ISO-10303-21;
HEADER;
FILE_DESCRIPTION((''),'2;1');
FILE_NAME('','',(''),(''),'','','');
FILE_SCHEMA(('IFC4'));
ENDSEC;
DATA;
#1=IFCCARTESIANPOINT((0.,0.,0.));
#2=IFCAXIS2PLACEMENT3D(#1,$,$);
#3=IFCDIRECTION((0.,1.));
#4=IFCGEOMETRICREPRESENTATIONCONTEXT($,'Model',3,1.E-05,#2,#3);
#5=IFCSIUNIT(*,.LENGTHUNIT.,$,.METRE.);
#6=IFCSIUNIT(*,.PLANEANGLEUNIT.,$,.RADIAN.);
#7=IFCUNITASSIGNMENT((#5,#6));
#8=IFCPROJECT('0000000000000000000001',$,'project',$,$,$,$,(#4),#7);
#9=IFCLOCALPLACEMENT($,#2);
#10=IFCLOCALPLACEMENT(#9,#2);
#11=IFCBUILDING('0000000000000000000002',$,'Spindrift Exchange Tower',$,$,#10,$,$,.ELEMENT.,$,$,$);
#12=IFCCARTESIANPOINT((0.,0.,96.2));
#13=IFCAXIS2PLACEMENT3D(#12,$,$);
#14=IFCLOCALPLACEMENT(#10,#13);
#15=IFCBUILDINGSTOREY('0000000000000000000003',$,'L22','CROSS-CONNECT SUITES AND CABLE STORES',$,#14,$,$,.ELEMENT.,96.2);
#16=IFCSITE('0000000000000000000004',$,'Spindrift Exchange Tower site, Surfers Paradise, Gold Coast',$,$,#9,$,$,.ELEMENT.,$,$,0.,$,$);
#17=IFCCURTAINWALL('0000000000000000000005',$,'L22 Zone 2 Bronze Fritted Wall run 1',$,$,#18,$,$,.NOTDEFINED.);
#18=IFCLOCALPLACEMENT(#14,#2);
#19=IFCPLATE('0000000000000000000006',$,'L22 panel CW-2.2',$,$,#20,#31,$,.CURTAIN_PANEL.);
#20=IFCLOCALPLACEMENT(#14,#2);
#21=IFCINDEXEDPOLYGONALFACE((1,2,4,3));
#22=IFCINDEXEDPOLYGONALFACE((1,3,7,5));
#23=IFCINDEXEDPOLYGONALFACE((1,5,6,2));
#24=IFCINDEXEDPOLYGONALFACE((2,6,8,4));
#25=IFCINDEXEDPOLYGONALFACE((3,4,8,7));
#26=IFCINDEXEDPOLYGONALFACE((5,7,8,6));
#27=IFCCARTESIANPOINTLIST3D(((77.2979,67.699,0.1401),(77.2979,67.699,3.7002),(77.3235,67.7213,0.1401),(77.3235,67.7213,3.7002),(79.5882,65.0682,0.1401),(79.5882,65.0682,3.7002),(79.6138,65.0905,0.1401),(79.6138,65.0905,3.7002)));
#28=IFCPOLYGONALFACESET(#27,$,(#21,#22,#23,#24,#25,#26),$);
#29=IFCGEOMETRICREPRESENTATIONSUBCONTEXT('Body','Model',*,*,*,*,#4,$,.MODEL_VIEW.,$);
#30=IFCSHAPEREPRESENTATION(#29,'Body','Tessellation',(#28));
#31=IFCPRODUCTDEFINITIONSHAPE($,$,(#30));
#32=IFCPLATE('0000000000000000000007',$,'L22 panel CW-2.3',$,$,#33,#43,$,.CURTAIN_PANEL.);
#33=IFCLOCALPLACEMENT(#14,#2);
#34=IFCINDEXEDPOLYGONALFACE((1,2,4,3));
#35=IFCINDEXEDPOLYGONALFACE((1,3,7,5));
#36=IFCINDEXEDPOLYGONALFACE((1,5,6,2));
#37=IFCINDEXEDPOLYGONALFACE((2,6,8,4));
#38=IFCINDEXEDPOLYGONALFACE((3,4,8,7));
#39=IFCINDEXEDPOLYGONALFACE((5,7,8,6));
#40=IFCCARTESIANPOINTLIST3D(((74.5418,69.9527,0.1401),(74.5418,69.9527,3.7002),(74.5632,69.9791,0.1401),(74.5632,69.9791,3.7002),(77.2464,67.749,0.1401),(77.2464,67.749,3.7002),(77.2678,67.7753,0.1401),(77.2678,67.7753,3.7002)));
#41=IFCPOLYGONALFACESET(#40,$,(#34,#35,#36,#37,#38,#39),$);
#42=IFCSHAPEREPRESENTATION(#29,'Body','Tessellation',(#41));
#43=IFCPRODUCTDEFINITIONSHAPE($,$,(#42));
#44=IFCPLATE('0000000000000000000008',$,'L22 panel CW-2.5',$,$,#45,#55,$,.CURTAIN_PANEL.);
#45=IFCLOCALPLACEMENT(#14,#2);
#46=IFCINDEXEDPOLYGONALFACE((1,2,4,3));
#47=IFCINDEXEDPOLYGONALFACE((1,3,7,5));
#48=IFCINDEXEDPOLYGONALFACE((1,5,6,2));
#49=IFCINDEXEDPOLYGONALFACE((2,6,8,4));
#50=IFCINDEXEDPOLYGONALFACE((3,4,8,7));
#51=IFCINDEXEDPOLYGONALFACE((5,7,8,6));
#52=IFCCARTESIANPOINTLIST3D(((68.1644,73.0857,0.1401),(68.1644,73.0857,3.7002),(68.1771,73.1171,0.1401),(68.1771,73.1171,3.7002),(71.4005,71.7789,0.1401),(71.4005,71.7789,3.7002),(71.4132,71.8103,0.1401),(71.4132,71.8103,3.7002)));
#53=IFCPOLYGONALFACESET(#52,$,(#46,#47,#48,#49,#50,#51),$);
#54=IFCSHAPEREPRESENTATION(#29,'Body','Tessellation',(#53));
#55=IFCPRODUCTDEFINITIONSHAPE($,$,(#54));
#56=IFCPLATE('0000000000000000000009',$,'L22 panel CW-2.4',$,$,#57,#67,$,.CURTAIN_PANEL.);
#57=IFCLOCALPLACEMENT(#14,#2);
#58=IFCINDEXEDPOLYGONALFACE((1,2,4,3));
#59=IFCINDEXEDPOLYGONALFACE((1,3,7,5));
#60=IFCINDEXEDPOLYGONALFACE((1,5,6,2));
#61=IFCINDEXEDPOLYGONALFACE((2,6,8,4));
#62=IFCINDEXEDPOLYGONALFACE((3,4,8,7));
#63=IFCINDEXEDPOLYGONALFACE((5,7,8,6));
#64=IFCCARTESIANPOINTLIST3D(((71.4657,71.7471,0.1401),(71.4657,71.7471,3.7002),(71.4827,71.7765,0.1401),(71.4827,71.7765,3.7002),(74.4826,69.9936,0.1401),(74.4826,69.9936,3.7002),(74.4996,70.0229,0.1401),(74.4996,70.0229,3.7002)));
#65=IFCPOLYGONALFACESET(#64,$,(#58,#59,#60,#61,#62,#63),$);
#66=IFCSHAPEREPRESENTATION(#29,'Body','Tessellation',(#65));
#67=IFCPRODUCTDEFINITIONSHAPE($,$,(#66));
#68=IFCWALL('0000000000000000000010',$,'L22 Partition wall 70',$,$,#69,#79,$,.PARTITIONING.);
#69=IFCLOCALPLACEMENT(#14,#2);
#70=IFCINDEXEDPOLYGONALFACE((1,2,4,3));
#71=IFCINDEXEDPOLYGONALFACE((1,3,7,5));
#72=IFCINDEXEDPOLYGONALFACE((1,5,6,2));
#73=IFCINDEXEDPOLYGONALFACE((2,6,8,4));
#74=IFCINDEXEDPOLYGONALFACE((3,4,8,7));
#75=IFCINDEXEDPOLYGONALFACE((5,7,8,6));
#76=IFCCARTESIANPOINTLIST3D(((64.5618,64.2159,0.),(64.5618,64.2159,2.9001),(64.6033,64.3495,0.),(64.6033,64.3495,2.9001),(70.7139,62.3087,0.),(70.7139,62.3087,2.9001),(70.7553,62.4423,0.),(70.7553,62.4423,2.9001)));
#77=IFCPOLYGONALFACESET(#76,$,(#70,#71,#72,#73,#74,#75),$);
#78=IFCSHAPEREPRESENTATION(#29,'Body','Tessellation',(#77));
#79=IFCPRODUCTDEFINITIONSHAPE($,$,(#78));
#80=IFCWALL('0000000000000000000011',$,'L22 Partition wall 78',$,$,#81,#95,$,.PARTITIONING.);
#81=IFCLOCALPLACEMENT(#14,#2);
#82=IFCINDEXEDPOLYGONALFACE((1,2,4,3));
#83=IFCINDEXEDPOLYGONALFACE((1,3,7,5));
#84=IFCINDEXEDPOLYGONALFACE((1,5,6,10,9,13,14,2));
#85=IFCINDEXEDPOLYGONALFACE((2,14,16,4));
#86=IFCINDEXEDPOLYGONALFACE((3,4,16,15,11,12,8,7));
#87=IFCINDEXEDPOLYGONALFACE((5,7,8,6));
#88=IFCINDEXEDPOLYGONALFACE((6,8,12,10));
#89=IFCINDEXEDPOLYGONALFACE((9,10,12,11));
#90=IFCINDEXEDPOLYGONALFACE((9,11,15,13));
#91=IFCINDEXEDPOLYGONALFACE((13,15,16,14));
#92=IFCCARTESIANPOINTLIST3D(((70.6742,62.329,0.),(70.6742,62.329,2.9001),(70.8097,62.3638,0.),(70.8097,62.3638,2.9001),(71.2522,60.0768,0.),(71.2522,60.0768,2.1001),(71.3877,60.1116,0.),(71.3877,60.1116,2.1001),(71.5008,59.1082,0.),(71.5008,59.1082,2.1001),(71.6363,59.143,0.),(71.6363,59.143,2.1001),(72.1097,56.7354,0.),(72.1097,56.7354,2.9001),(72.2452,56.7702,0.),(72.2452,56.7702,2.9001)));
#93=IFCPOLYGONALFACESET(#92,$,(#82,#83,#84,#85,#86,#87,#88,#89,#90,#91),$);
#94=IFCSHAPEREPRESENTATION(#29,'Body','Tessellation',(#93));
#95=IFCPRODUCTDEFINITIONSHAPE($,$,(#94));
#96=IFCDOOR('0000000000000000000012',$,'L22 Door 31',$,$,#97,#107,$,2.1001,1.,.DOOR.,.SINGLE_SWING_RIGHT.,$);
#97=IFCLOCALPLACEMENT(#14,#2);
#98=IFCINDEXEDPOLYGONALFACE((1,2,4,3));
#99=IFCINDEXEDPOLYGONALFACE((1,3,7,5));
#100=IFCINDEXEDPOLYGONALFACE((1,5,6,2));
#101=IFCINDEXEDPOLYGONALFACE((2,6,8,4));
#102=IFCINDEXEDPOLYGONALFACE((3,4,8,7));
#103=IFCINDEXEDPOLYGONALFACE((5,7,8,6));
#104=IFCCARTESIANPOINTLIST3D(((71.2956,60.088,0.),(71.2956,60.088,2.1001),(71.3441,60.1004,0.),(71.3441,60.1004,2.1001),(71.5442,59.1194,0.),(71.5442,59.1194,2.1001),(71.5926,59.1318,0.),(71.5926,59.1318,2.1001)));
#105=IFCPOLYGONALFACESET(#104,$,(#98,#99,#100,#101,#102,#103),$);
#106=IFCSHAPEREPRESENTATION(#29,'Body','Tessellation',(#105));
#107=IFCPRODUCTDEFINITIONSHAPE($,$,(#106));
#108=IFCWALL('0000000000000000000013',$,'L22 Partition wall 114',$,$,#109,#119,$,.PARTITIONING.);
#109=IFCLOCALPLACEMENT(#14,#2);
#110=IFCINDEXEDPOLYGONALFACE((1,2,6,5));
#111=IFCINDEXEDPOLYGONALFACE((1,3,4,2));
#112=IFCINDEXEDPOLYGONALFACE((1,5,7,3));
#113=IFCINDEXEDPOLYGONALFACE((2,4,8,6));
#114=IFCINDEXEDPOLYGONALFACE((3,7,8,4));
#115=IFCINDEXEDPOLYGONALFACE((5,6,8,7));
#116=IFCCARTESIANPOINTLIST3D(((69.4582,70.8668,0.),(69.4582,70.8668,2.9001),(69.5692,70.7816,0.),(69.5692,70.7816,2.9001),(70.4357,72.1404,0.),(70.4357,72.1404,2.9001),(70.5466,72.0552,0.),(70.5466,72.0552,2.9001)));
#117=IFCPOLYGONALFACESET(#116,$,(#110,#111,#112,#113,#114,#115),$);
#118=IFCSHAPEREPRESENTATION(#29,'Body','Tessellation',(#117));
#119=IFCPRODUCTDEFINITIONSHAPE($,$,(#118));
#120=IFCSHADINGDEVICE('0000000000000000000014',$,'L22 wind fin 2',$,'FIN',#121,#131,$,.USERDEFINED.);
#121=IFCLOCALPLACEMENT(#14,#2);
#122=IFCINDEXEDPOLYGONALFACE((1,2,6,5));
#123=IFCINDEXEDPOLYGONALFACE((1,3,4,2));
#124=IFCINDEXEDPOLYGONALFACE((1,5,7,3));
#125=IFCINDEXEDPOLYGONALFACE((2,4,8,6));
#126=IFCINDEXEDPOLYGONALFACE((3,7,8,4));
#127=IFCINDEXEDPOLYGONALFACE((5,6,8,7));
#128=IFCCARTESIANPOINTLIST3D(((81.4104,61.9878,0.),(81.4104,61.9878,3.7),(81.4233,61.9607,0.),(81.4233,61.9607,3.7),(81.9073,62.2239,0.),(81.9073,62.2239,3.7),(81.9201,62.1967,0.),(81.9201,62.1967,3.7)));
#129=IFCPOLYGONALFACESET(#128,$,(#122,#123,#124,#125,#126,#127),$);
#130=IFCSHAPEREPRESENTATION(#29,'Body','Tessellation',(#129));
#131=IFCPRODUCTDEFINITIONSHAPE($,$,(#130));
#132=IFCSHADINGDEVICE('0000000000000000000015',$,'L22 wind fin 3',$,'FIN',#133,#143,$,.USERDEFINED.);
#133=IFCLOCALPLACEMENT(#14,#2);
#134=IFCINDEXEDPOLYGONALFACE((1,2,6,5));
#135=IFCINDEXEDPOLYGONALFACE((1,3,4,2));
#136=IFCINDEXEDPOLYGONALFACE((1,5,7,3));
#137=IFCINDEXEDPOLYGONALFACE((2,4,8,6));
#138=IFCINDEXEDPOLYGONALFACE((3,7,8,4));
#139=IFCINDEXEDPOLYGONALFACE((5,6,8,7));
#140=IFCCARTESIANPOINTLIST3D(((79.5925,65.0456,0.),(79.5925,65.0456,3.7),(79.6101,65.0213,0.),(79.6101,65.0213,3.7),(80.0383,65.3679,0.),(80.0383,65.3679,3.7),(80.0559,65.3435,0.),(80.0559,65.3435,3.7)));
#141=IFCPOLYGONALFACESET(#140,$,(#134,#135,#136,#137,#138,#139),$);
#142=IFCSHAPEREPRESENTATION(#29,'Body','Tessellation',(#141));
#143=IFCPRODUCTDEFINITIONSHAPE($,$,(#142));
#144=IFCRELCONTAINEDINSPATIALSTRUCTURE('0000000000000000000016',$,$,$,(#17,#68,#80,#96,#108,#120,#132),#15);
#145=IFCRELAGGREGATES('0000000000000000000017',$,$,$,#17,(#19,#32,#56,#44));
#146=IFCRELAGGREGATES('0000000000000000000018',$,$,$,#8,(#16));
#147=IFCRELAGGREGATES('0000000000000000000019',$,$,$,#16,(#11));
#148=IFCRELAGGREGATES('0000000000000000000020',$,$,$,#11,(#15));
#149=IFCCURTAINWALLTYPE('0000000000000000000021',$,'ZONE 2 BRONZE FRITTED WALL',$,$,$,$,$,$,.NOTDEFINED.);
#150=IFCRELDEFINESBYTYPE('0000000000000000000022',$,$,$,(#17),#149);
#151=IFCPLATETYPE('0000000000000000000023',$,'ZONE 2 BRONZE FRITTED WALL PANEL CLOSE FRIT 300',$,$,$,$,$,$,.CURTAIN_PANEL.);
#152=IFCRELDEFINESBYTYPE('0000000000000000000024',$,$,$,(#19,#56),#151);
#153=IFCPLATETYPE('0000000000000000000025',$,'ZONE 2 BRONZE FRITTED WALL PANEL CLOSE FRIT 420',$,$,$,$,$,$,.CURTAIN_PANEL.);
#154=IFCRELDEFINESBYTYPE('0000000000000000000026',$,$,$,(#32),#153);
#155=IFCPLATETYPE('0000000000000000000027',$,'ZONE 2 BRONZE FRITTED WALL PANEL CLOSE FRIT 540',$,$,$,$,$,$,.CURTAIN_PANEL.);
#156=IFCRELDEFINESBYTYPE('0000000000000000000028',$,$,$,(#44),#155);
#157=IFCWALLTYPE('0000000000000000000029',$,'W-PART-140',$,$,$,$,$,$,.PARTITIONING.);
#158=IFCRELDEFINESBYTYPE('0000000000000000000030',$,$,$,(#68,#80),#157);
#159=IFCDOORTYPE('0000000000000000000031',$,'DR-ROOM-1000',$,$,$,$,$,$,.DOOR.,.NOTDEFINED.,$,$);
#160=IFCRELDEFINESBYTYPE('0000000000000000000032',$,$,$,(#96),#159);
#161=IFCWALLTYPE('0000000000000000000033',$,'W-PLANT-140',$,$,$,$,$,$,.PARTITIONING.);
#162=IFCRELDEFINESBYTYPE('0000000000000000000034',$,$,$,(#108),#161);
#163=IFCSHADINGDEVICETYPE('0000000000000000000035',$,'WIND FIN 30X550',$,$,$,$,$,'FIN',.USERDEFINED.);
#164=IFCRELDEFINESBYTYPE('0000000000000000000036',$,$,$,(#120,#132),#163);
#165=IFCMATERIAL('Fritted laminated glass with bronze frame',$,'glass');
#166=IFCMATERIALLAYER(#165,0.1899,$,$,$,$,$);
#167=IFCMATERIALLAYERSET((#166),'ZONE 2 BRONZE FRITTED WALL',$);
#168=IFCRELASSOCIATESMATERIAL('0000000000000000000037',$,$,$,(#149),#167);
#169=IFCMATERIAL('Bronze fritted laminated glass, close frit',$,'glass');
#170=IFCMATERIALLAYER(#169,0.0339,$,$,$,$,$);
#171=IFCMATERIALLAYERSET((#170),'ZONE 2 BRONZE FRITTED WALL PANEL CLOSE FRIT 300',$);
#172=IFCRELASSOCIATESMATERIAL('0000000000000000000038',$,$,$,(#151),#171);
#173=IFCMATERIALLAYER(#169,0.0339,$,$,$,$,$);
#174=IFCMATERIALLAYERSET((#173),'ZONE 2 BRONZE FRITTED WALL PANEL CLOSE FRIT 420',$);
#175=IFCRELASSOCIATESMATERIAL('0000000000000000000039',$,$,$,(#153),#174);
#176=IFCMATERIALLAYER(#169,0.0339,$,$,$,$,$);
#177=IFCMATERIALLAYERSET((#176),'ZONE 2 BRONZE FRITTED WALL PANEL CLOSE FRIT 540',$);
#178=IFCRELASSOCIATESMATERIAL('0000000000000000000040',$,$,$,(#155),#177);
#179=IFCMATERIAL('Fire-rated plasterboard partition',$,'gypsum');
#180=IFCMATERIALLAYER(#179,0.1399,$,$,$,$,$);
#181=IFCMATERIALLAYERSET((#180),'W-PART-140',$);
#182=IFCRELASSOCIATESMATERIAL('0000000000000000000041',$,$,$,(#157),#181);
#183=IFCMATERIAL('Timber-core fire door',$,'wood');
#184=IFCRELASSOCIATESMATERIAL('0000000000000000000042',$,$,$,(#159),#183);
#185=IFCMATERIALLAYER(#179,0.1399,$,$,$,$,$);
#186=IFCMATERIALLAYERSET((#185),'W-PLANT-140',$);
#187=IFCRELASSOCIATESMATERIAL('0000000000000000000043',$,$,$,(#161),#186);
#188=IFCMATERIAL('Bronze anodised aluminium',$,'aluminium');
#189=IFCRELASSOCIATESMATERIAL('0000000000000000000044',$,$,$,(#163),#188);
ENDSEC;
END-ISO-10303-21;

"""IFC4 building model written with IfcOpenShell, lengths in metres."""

from ifc_helpers import new_model, si_unit, direction, frame, frame_2d, origin, origin_2d, place, context, subcontext, project, spatial, rectangle, extrude, source, transform, mapped, material, layer, layer_set, material_profile, profile_set, type_object, element, fill, aggregate, save


model = new_model("IFC4")

# Units and contexts
model_context = context("Model", 3, precision=1e-05, world=origin(), true_north=direction((0.0, 1.0)))
body_context = subcontext(model_context, "Body", "Model", "MODEL_VIEW")
ifc_project = project(units=[si_unit("LENGTHUNIT", "METRE"), si_unit("PLANEANGLEUNIT", "RADIAN")], contexts=[model_context])

# Site, building, storey
site_placement = place(None, origin())
site = spatial("IfcSite", under=ifc_project, at=site_placement, Name="Spindrift Exchange Tower site, Surfers Paradise, Gold Coast", CompositionType="ELEMENT", RefElevation=0.0)
building_placement = place(site_placement, origin())
building = spatial("IfcBuilding", under=site, at=building_placement, Name="Spindrift Exchange Tower", CompositionType="ELEMENT")
storey_placement = place(building_placement, frame((0.0, 0.0, 96.2)))
storey = spatial("IfcBuildingStorey", under=building, at=storey_placement, Name="L22", Description="CROSS-CONNECT SUITES AND CABLE STORES", CompositionType="ELEMENT", Elevation=96.2)

# Curtain wall, plates
ifc_material_1 = material(Name="Fritted laminated glass with bronze frame", Category="glass")
ifc_layer_1 = layer(ifc_material_1, 0.1899)
ifc_layer_set_1 = layer_set([ifc_layer_1], Name="ZONE 2 BRONZE FRITTED WALL")
curtain_wall_type = type_object("IfcCurtainWallType", Name="ZONE 2 BRONZE FRITTED WALL", PredefinedType="NOTDEFINED", material=ifc_layer_set_1)
curtain_wall_placement = place(storey_placement, origin())
curtain_wall = element("IfcCurtainWall", 1, at=curtain_wall_placement, inside=storey, type_object=curtain_wall_type, Name="L22 Zone 2 Bronze Fritted Wall run 1", PredefinedType="NOTDEFINED")
ifc_material_2 = material(Name="Bronze anodised aluminium", Category="aluminium")
ifc_material_3 = material(Name="Bronze fritted laminated glass, close frit", Category="glass")
ifc_layer_2 = layer(ifc_material_3, 0.0339)
ifc_layer_set_2 = layer_set([ifc_layer_2], Name="ZONE 2 BRONZE FRITTED WALL PANEL CLOSE FRIT 300")
plate_type_1 = type_object("IfcPlateType", Name="ZONE 2 BRONZE FRITTED WALL PANEL CLOSE FRIT 300", PredefinedType="CURTAIN_PANEL", material=ifc_layer_set_2)
shared_shape_1 = source(origin(), body_context, "Body", "SweptSolid", [
    extrude(rectangle(XDim=3.488, YDim=0.0339, at=origin_2d()), origin(), (0.0, 0.0, 1.0), 3.5601),
])
plate_1_placement = place(storey_placement, frame((78.4558, 66.3948, 0.1401), z_axis=(0.0, 0.0, 1.0), x_axis=(-0.656615, 0.754226, 0.0)))
plate_1 = element("IfcPlate", 2, at=plate_1_placement, type_object=plate_type_1, Name="L22 panel CW-2.2", PredefinedType="CURTAIN_PANEL", context=body_context, shape_type="MappedRepresentation", body=[
    mapped(shared_shape_1, transform((0.0, 0.0, 0.0), scale=1.0)),
])
ifc_layer_3 = layer(ifc_material_3, 0.0339)
ifc_layer_set_3 = layer_set([ifc_layer_3], Name="ZONE 2 BRONZE FRITTED WALL PANEL CLOSE FRIT 420")
plate_type_2 = type_object("IfcPlateType", Name="ZONE 2 BRONZE FRITTED WALL PANEL CLOSE FRIT 420", PredefinedType="CURTAIN_PANEL", material=ifc_layer_set_3)
shared_shape_2 = source(origin(), body_context, "Body", "SweptSolid", [
    extrude(rectangle(XDim=3.4888, YDim=0.0339, at=origin_2d()), origin(), (0.0, 0.0, 1.0), 3.5601),
])
plate_2_placement = place(storey_placement, frame((75.9048, 68.864, 0.1401), z_axis=(0.0, 0.0, 1.0), x_axis=(-0.775233, 0.631675, 0.0)))
plate_2 = element("IfcPlate", 3, at=plate_2_placement, type_object=plate_type_2, Name="L22 panel CW-2.3", PredefinedType="CURTAIN_PANEL", context=body_context, shape_type="MappedRepresentation", body=[
    mapped(shared_shape_2, transform((0.0, 0.0, 0.0), scale=1.0)),
])
ifc_layer_4 = layer(ifc_material_3, 0.0339)
ifc_layer_set_4 = layer_set([ifc_layer_4], Name="ZONE 2 BRONZE FRITTED WALL PANEL CLOSE FRIT 540")
plate_type_3 = type_object("IfcPlateType", Name="ZONE 2 BRONZE FRITTED WALL PANEL CLOSE FRIT 540", PredefinedType="CURTAIN_PANEL", material=ifc_layer_set_4)
shared_shape_3 = source(origin(), body_context, "Body", "SweptSolid", [
    extrude(rectangle(XDim=3.49, YDim=0.0339, at=origin_2d()), origin(), (0.0, 0.0, 1.0), 3.5601),
])
plate_3_placement = place(storey_placement, frame((69.7888, 72.448, 0.1401), z_axis=(0.0, 0.0, 1.0), x_axis=(-0.927247, 0.37445, 0.0)))
plate_3 = element("IfcPlate", 4, at=plate_3_placement, type_object=plate_type_3, Name="L22 panel CW-2.5", PredefinedType="CURTAIN_PANEL", context=body_context, shape_type="MappedRepresentation", body=[
    mapped(shared_shape_3, transform((0.0, 0.0, 0.0), scale=1.0)),
])
shared_shape_4 = source(origin(), body_context, "Body", "SweptSolid", [
    extrude(rectangle(XDim=3.4895, YDim=0.0339, at=origin_2d()), origin(), (0.0, 0.0, 1.0), 3.5601),
])
plate_4_placement = place(storey_placement, frame((72.9827, 70.885, 0.1401), z_axis=(0.0, 0.0, 1.0), x_axis=(-0.864566, 0.502519, 0.0)))
plate_4 = element("IfcPlate", 5, at=plate_4_placement, type_object=plate_type_1, Name="L22 panel CW-2.4", PredefinedType="CURTAIN_PANEL", context=body_context, shape_type="MappedRepresentation", body=[
    mapped(shared_shape_4, transform((0.0, 0.0, 0.0), scale=1.0)),
])
aggregate(curtain_wall, [plate_1, plate_2, plate_4, plate_3])

# Wall
ifc_material_4 = material(Name="Fire-rated plasterboard partition", Category="gypsum")
ifc_layer_5 = layer(ifc_material_4, 0.1399)
ifc_layer_set_5 = layer_set([ifc_layer_5], Name="W-PART-140")
wall_type_1 = type_object("IfcWallType", Name="W-PART-140", PredefinedType="PARTITIONING", material=ifc_layer_set_5)
wall_1_placement = place(storey_placement, frame((70.7346, 62.3755, 0.0), z_axis=(0.0, 0.0, 1.0), x_axis=(-0.955154, 0.296109, 0.0)))
element("IfcWall", 6, at=wall_1_placement, inside=storey, type_object=wall_type_1, Name="L22 Partition wall 70", PredefinedType="PARTITIONING", context=body_context, shape_type="SweptSolid", body=[
    extrude(rectangle(XDim=6.4409, YDim=0.1399, at=frame_2d((3.2205, 0.0))), origin(), (0.0, 0.0, 1.0), 2.9001),
])

# Wall, opening, door
wall_2_placement = place(storey_placement, frame((70.7419, 62.3464, 0.0), z_axis=(0.0, 0.0, 1.0), x_axis=(0.248579, -0.968612, 0.0)))
wall_2 = element("IfcWall", 7, at=wall_2_placement, inside=storey, type_object=wall_type_1, Name="L22 Partition wall 78", PredefinedType="PARTITIONING", context=body_context, shape_type="SweptSolid", body=[
    extrude(rectangle(XDim=5.7749, YDim=0.1399, at=frame_2d((2.8875, 0.0))), origin(), (0.0, 0.0, 1.0), 2.9001),
])
opening_placement = place(wall_2_placement, frame((2.3252, 0.0, 0.0)))
opening = element("IfcOpeningElement", 8, at=opening_placement, cuts=wall_2, PredefinedType="OPENING", context=body_context, shape_type="SweptSolid", body=[
    extrude(rectangle(XDim=1.0, YDim=2.1001, at=frame_2d((0.5, 1.05))), frame((0.0, 0.0798, 0.0), z_axis=(0.0, -1.0, 0.0), x_axis=(1.0, 0.0, 0.0)), (0.0, 0.0, 1.0), 0.1599),
])
ifc_material_5 = material(Name="Timber-core fire door", Category="wood")
door_type = type_object("IfcDoorType", Name="DR-ROOM-1000", OperationType="NOTDEFINED", PredefinedType="DOOR", material=ifc_material_5)
shared_shape_5 = source(origin(), body_context, "Body", "SweptSolid", [
    extrude(rectangle(XDim=1.0, YDim=2.1001, at=frame_2d((0.5, 1.05))), frame((0.0, 0.0249, 0.0), z_axis=(0.0, -1.0, 0.0), x_axis=(1.0, 0.0, 0.0)), (0.0, 0.0, 1.0), 0.05),
])
door_placement = place(opening_placement, origin())
door = element("IfcDoor", 9, at=door_placement, inside=storey, type_object=door_type, Name="L22 Door 31", OperationType="SINGLE_SWING_RIGHT", OverallHeight=2.1001, OverallWidth=1.0, PredefinedType="DOOR", context=body_context, shape_type="MappedRepresentation", body=[
    mapped(shared_shape_5, transform((0.0, 0.0, 0.0), scale=1.0)),
])
fill(opening, door)

# Wall
ifc_layer_6 = layer(ifc_material_4, 0.1399)
ifc_layer_set_6 = layer_set([ifc_layer_6], Name="W-PLANT-140")
wall_type_2 = type_object("IfcWallType", Name="W-PLANT-140", PredefinedType="PARTITIONING", material=ifc_layer_set_6)
wall_3_placement = place(storey_placement, frame((69.5137, 70.8242, 0.0), z_axis=(0.0, 0.0, 1.0), x_axis=(0.608843, 0.793291, 0.0)))
element("IfcWall", 10, at=wall_3_placement, inside=storey, type_object=wall_type_2, Name="L22 Partition wall 114", PredefinedType="PARTITIONING", context=body_context, shape_type="SweptSolid", body=[
    extrude(rectangle(XDim=1.6055, YDim=0.1399, at=frame_2d((0.8027, 0.0))), origin(), (0.0, 0.0, 1.0), 2.9001),
])

# Shading devices
ifc_material_profile_1 = material_profile(ifc_material_2, rectangle(XDim=0.03, YDim=0.55, at=origin_2d()), Name="WIND FIN 30X550")
ifc_profile_set_1 = profile_set([ifc_material_profile_1], Name="Bronze anodised aluminium")
shading_device_type = type_object("IfcShadingDeviceType", Name="WIND FIN 30X550", ElementType="FIN", PredefinedType="USERDEFINED", material=ifc_profile_set_1)
shared_shape_6 = source(origin(), body_context, "Body", "SweptSolid", [
    extrude(rectangle(XDim=0.03, YDim=0.55, at=origin_2d()), origin(), (0.0, 0.0, 1.0), 3.7),
])
for number, where, z_axis, x_axis, name in (
    (11, (81.6653, 62.0923, 0.0), (0.0, 0.0, 1.0), (-0.429075, 0.903269, 0.0), "L22 wind fin 2"),
    (12, (79.8242, 65.1946, 0.0), (0.0, 0.0, 1.0), (-0.58589, 0.81039, 0.0), "L22 wind fin 3"),
):
    element("IfcShadingDevice", number, at=place(storey_placement, frame(where, z_axis=z_axis, x_axis=x_axis)), inside=storey, type_object=shading_device_type, Name=name, ObjectType="FIN", PredefinedType="USERDEFINED", context=body_context, shape_type="MappedRepresentation", body=[
        mapped(shared_shape_6, transform((0.0, 0.0, 0.0), scale=1.0)),
    ])

save(model, "model.ifc")
